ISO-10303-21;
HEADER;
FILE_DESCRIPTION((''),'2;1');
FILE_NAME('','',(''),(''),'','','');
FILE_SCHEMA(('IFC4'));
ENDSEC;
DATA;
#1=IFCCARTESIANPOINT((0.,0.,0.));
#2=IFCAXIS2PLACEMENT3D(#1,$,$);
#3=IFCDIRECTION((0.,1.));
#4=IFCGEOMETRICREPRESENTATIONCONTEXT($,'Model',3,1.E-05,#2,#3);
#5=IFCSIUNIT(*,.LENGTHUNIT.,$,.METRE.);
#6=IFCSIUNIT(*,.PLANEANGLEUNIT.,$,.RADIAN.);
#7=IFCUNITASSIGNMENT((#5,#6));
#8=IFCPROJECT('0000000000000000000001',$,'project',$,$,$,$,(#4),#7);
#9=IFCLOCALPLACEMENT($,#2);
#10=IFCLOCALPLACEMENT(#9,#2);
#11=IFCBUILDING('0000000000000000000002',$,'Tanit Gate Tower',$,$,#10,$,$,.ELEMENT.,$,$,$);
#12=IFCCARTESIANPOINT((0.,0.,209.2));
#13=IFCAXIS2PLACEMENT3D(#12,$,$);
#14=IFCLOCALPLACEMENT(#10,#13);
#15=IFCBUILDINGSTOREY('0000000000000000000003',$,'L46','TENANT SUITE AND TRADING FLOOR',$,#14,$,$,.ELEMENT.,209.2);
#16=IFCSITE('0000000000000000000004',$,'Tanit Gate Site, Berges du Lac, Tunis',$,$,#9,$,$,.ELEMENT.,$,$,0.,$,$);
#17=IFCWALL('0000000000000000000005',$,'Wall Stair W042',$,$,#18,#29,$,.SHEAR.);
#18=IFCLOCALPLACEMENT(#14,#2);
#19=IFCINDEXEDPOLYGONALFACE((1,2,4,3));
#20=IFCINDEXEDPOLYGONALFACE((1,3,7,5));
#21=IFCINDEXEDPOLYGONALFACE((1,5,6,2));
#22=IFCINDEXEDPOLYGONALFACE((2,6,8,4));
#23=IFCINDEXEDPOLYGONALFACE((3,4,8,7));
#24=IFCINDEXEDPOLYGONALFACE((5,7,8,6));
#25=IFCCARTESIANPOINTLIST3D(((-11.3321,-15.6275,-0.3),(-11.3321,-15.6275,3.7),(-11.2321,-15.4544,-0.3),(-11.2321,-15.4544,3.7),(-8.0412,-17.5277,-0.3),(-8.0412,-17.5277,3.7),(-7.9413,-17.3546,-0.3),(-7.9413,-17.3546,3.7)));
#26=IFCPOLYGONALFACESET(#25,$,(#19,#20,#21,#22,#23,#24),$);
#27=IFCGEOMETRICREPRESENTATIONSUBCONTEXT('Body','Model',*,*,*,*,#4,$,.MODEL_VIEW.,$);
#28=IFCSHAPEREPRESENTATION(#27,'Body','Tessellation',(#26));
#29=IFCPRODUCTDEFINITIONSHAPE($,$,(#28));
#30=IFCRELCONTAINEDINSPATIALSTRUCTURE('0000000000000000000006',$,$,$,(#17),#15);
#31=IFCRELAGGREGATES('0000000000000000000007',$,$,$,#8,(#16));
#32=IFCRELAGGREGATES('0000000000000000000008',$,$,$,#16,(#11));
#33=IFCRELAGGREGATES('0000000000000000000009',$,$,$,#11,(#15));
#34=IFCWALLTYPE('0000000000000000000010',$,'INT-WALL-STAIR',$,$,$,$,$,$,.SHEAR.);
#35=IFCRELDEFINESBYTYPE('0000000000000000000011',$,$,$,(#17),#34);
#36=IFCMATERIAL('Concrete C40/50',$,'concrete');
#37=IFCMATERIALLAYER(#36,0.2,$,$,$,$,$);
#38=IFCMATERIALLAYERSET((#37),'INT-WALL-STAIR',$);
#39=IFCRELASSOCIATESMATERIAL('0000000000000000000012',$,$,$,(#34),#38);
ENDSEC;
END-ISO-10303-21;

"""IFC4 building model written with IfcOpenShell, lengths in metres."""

from ifc_helpers import new_model, si_unit, direction, frame, frame_2d, origin, place, context, subcontext, project, spatial, rectangle, extrude, material, layer, layer_set, type_object, element, save


model = new_model("IFC4")

# Units and contexts
model_context = context("Model", 3, precision=1e-05, world=origin(), true_north=direction((0.0, 1.0)))
body_context = subcontext(model_context, "Body", "Model", "MODEL_VIEW")
ifc_project = project(units=[si_unit("LENGTHUNIT", "METRE"), si_unit("PLANEANGLEUNIT", "RADIAN")], contexts=[model_context])

# Site, building, storey
site_placement = place(None, origin())
site = spatial("IfcSite", under=ifc_project, at=site_placement, Name="Tanit Gate Site, Berges du Lac, Tunis", CompositionType="ELEMENT", RefElevation=0.0)
building_placement = place(site_placement, origin())
building = spatial("IfcBuilding", under=site, at=building_placement, Name="Tanit Gate Tower", CompositionType="ELEMENT")
storey_placement = place(building_placement, frame((0.0, 0.0, 209.2)))
storey = spatial("IfcBuildingStorey", under=building, at=storey_placement, Name="L46", Description="TENANT SUITE AND TRADING FLOOR", CompositionType="ELEMENT", Elevation=209.2)

# Wall
ifc_material_1 = material(Name="Concrete C40/50", Category="concrete")
ifc_layer_1 = layer(ifc_material_1, 0.2)
ifc_layer_set_1 = layer_set([ifc_layer_1], Name="INT-WALL-STAIR")
wall_type_1 = type_object("IfcWallType", Name="INT-WALL-STAIR", PredefinedType="SHEAR", material=ifc_layer_set_1)
wall_1_placement = place(storey_placement, frame((-11.282, -15.541, -0.3), z_axis=(0.0, 0.0, 1.0), x_axis=(0.866, -0.500043, 0.0)))
element("IfcWall", 1, at=wall_1_placement, inside=storey, type_object=wall_type_1, Name="Wall Stair W042", PredefinedType="SHEAR", context=body_context, shape_type="SweptSolid", body=[
    extrude(rectangle(XDim=3.8, YDim=0.2, at=frame_2d((1.8999, 0.0))), origin(), (0.0, 0.0, 1.0), 4.0),
])

save(model, "model.ifc")
